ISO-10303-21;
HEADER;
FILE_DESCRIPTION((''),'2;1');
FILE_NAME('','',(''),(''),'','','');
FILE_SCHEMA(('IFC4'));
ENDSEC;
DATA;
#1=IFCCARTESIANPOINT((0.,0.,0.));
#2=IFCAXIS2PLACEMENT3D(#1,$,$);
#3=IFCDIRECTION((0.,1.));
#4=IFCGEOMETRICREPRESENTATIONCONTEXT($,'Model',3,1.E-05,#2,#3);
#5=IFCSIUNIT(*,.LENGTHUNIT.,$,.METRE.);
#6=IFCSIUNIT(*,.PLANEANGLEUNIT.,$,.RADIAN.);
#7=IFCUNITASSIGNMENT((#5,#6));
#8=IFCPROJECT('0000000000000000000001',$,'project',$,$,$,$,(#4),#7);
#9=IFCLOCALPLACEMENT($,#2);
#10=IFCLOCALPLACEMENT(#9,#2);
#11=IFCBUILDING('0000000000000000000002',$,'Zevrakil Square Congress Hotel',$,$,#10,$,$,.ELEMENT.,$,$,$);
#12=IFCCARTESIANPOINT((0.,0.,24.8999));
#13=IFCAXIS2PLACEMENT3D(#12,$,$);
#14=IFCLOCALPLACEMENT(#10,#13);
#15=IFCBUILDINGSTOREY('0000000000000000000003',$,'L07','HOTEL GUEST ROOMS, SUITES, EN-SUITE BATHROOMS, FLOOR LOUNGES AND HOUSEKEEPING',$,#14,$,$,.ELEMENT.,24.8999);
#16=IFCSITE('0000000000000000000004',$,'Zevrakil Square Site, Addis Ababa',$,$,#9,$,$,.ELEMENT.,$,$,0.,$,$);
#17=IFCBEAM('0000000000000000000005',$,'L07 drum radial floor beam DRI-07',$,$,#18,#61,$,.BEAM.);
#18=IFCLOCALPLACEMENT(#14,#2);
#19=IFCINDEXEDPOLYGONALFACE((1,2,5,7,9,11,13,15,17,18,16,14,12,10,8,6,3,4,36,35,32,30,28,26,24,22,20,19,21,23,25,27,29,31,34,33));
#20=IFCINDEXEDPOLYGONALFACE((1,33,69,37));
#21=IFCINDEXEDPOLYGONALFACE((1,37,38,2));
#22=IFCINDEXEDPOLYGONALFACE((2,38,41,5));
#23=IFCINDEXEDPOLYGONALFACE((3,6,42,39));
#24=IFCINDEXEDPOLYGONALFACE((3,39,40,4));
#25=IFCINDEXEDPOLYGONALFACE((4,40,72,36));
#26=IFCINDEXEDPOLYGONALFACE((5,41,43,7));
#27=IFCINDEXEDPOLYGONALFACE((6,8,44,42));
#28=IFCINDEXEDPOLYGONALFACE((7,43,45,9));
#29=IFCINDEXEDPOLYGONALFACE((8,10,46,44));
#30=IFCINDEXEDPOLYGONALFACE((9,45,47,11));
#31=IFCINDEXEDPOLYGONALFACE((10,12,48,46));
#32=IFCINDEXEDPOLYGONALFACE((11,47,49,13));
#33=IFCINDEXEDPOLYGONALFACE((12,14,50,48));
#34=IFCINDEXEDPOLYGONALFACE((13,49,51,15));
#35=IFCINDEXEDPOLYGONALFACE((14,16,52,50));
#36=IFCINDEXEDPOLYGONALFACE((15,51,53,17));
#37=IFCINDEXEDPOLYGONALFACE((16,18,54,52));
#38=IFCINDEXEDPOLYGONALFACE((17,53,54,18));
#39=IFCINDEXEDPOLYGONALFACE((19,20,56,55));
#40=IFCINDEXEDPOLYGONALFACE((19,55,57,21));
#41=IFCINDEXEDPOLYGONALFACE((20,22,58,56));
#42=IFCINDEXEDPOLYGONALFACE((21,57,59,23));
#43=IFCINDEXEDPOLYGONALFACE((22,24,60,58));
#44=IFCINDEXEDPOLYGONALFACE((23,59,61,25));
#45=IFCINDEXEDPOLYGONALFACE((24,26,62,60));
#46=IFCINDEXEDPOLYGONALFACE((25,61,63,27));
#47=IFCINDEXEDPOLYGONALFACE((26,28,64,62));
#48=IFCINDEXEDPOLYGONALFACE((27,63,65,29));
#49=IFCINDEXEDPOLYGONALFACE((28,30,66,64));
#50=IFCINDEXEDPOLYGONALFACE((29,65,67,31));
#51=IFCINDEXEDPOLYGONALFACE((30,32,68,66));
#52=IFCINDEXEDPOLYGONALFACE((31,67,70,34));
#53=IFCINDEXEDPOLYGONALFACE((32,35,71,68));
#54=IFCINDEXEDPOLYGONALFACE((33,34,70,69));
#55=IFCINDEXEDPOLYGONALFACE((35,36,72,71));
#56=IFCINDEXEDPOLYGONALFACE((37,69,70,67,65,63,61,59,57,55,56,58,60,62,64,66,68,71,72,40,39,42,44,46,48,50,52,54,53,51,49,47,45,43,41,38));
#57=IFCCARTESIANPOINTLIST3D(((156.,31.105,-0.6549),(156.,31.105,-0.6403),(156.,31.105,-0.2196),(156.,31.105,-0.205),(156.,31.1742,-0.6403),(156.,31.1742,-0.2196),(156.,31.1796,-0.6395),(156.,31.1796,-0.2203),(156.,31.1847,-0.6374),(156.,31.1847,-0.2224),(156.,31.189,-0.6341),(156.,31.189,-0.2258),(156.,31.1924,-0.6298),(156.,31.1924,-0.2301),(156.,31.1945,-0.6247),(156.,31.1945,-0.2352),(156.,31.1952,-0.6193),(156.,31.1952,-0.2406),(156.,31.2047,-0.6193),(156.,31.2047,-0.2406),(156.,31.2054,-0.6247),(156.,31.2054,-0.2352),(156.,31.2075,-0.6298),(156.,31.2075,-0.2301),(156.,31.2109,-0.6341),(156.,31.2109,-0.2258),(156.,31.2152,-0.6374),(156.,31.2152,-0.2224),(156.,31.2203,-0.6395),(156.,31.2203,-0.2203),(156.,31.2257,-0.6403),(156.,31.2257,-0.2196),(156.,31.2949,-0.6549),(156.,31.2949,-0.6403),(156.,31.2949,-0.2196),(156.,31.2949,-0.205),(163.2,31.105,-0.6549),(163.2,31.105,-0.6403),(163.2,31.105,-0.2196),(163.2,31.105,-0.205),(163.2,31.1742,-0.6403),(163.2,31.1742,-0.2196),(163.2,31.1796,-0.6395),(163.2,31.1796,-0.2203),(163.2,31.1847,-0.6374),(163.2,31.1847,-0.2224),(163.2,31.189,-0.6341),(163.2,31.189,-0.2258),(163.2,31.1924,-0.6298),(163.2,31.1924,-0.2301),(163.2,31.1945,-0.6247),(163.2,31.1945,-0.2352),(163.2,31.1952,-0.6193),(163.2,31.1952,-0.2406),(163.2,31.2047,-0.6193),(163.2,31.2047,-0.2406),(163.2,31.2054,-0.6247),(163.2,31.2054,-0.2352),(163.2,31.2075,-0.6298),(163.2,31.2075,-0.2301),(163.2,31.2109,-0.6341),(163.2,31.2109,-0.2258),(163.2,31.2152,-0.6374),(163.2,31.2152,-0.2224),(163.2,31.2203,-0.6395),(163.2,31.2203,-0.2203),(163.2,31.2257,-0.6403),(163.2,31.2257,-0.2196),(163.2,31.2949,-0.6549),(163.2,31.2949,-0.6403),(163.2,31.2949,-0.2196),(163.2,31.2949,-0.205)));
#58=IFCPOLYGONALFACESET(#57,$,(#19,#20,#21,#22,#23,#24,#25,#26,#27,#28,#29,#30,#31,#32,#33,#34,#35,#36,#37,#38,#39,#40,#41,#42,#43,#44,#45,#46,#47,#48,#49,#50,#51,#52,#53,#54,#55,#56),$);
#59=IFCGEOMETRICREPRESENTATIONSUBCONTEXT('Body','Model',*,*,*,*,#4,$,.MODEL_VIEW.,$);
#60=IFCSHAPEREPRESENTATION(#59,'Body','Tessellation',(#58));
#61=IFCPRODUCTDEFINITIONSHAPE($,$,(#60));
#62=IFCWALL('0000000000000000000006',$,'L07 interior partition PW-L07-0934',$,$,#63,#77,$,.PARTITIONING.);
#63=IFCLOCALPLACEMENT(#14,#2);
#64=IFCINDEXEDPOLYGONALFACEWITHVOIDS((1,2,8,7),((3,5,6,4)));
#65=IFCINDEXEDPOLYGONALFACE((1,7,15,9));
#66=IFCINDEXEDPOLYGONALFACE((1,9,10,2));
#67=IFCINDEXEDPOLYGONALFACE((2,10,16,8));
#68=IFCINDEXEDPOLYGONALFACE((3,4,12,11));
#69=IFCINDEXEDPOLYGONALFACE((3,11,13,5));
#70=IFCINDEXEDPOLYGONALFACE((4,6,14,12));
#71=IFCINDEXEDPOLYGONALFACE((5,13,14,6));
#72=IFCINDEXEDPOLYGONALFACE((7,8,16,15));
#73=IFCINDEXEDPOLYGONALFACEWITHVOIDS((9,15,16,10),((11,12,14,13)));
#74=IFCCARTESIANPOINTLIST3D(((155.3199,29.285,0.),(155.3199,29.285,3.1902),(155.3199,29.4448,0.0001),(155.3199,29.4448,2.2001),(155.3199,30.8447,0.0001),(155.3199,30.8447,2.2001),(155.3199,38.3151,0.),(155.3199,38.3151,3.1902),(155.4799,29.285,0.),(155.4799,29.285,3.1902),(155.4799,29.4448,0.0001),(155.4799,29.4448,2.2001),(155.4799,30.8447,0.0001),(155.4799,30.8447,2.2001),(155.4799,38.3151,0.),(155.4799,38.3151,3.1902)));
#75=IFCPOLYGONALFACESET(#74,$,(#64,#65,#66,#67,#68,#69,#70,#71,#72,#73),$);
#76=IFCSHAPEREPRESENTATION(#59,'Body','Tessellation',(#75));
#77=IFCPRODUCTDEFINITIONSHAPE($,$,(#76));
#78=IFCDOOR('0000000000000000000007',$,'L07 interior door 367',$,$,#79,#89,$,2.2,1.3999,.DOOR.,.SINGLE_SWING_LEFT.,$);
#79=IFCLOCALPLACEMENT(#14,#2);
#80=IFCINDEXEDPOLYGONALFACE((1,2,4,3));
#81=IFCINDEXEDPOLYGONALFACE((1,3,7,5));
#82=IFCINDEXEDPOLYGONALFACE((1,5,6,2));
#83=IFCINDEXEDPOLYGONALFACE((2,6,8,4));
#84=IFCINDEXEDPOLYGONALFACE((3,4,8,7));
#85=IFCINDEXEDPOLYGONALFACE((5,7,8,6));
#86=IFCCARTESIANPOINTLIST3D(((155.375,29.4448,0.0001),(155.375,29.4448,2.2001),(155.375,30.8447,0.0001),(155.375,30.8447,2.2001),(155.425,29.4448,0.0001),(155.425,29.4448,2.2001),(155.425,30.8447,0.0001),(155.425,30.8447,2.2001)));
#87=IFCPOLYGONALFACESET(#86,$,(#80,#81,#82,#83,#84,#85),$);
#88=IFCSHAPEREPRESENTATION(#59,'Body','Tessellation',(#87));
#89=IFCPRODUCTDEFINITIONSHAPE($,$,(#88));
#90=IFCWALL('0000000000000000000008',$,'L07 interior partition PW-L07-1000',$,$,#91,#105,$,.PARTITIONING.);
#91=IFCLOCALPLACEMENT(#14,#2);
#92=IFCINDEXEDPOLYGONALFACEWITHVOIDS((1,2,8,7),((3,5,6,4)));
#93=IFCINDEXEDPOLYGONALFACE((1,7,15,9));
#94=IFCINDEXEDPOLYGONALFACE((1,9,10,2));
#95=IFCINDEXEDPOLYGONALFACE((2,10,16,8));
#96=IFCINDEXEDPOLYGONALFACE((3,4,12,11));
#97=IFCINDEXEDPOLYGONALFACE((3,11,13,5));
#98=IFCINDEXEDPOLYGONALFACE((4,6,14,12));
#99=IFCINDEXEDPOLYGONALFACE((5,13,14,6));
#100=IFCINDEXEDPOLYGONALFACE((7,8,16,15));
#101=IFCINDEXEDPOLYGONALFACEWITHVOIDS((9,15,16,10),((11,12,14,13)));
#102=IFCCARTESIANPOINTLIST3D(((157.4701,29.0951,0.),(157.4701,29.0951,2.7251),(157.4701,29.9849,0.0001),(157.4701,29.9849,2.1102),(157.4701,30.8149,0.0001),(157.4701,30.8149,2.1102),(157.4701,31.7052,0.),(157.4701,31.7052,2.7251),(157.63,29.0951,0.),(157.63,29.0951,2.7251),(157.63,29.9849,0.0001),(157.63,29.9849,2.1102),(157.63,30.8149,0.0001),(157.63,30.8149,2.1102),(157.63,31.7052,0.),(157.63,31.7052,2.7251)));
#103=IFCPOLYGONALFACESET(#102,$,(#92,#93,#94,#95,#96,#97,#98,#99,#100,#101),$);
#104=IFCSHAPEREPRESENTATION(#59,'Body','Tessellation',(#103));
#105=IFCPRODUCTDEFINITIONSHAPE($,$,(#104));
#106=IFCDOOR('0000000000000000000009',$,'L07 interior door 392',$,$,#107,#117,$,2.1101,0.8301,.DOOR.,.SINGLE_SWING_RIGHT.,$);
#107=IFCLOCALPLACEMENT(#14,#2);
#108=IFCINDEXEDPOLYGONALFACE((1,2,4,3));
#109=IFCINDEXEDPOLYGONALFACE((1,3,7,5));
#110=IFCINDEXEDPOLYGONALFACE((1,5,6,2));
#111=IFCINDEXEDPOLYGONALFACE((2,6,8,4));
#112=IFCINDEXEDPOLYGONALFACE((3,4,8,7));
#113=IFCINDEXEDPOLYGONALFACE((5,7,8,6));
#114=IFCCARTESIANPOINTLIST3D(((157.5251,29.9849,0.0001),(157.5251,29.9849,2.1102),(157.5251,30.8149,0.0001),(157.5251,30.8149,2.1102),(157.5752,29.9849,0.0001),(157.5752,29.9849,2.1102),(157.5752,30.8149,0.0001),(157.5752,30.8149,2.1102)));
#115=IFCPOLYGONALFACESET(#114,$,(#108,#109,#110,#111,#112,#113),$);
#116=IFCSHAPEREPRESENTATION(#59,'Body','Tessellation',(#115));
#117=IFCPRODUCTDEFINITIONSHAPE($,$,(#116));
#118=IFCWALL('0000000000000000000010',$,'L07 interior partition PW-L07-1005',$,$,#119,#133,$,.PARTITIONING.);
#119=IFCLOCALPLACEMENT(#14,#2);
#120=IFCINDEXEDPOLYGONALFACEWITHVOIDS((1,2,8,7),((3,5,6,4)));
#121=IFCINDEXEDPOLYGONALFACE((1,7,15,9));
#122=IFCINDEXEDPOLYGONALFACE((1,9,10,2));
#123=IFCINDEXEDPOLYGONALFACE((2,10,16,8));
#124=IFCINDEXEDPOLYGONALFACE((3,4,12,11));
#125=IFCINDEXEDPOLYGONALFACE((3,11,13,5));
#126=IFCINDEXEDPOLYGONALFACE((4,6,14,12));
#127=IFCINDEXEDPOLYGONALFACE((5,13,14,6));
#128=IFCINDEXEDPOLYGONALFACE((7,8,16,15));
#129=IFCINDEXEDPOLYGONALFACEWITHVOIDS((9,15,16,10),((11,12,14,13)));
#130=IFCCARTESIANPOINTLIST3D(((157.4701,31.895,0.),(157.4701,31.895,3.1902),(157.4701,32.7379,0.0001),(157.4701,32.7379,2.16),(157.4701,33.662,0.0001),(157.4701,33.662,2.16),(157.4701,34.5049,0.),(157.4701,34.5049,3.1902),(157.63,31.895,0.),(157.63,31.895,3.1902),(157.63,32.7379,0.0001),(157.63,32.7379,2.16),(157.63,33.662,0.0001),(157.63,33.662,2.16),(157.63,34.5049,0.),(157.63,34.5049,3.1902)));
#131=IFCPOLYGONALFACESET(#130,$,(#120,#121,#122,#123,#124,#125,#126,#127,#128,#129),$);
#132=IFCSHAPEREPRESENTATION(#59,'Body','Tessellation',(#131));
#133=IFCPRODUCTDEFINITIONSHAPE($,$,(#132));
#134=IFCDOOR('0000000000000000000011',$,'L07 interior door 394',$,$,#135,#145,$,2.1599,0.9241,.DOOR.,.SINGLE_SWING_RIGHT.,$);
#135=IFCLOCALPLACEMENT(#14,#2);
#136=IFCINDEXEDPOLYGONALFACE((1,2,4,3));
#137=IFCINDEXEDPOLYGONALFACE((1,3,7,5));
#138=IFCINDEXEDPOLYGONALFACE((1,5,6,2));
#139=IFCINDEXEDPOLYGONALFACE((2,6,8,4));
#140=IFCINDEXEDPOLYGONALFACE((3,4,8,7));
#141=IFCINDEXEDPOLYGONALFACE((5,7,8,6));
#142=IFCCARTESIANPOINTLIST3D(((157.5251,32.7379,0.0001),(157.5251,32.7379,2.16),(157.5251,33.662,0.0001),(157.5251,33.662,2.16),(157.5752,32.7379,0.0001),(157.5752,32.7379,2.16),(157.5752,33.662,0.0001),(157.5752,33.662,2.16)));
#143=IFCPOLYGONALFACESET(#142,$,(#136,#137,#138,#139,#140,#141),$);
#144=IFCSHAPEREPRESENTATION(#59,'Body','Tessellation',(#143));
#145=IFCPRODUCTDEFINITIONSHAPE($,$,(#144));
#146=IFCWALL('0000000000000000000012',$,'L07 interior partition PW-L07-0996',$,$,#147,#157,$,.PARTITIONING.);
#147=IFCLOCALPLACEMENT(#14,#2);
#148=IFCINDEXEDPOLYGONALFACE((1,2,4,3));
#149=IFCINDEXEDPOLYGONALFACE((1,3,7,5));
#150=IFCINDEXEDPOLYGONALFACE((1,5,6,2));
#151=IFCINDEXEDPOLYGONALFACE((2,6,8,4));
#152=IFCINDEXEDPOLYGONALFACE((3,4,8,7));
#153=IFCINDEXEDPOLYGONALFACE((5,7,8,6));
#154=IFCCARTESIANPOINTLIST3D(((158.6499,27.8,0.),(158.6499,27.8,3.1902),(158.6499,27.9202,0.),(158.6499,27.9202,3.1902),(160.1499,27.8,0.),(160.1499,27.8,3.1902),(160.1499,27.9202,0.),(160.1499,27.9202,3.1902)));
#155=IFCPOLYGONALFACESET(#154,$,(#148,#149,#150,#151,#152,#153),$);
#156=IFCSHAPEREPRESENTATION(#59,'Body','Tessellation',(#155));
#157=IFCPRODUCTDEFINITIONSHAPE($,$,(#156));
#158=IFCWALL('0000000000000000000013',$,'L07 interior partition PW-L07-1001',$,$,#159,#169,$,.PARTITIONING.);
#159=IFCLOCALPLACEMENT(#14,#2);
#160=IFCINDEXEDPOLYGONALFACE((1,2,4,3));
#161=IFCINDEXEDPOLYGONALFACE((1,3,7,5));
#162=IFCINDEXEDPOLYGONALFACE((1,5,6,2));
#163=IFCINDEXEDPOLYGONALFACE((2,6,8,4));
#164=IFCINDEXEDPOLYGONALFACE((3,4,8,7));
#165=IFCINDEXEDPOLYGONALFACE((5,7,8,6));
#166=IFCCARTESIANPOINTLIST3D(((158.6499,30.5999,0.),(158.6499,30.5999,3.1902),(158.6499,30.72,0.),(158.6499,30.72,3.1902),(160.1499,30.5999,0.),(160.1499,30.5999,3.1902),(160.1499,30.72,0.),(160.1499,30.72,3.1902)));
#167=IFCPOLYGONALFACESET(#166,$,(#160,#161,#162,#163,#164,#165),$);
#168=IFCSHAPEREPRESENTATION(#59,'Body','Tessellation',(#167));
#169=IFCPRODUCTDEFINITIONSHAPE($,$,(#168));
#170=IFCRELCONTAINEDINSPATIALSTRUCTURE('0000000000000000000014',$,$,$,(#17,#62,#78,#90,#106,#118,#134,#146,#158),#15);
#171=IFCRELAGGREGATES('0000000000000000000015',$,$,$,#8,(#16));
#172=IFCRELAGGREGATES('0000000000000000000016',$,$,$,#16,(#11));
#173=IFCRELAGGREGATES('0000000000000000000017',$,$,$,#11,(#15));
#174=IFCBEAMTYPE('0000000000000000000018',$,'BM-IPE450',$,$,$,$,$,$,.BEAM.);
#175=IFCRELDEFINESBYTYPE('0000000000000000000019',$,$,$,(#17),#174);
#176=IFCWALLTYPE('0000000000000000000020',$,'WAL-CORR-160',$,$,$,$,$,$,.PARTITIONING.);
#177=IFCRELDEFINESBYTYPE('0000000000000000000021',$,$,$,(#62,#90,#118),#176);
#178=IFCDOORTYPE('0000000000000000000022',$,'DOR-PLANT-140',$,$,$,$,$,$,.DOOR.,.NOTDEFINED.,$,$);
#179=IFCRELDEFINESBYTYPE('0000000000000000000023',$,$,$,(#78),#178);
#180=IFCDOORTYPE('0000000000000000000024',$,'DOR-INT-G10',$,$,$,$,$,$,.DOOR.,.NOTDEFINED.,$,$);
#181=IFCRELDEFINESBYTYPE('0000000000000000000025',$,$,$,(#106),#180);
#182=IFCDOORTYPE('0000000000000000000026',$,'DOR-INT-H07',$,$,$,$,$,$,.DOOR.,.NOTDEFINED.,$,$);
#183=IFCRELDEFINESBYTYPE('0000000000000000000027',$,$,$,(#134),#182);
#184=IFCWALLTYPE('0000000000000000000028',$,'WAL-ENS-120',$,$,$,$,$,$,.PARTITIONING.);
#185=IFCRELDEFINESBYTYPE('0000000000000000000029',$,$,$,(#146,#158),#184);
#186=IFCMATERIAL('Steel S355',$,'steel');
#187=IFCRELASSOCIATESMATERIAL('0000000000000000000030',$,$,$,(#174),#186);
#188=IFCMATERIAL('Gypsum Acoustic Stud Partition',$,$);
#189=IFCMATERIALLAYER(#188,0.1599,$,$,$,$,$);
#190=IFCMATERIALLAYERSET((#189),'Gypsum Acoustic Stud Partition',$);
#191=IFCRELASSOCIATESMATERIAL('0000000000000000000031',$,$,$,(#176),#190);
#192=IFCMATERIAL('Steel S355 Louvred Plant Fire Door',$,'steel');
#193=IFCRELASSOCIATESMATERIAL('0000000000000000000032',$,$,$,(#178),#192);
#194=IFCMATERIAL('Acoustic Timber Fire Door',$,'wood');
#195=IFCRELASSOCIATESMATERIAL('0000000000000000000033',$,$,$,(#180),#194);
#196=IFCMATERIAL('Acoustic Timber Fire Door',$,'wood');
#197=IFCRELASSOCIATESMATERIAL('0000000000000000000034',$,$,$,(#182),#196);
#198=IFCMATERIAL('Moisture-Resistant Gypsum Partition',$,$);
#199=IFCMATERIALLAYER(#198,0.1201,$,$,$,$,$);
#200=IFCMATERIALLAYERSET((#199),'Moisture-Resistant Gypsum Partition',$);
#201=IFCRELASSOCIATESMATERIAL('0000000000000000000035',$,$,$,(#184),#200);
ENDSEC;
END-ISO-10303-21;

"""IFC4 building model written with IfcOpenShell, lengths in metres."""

from ifc_helpers import new_model, si_unit, direction, frame, frame_2d, origin, origin_2d, place, context, subcontext, project, spatial, rectangle, i_section, extrude, material, layer, layer_set, material_profile, profile_set, type_object, element, fill, save


model = new_model("IFC4")

# Units and contexts
model_context = context("Model", 3, precision=1e-05, world=origin(), true_north=direction((0.0, 1.0)))
body_context = subcontext(model_context, "Body", "Model", "MODEL_VIEW")
ifc_project = project(units=[si_unit("LENGTHUNIT", "METRE"), si_unit("PLANEANGLEUNIT", "RADIAN")], contexts=[model_context])

# Site, building, storey
site_placement = place(None, origin())
site = spatial("IfcSite", under=ifc_project, at=site_placement, Name="Zevrakil Square Site, Addis Ababa", CompositionType="ELEMENT", RefElevation=0.0)
building_placement = place(site_placement, origin())
building = spatial("IfcBuilding", under=site, at=building_placement, Name="Zevrakil Square Congress Hotel", CompositionType="ELEMENT")
storey_placement = place(building_placement, frame((0.0, 0.0, 24.8999)))
storey = spatial("IfcBuildingStorey", under=building, at=storey_placement, Name="L07", Description="HOTEL GUEST ROOMS, SUITES, EN-SUITE BATHROOMS, FLOOR LOUNGES AND HOUSEKEEPING", CompositionType="ELEMENT", Elevation=24.8999)

# Beam
ifc_material_1 = material(Name="Steel S355", Category="steel")
ifc_material_profile = material_profile(ifc_material_1, i_section(OverallWidth=0.1899, OverallDepth=0.45, WebThickness=0.0095, FlangeThickness=0.0146, FilletRadius=0.021, at=origin_2d()), Name="IPE 450")
ifc_profile_set = profile_set([ifc_material_profile], Name="Steel S355")
beam_type = type_object("IfcBeamType", Name="BM-IPE450", PredefinedType="BEAM", material=ifc_profile_set)
beam_placement = place(storey_placement, frame((156.0, 31.2, -0.4299), z_axis=(1.0, 0.0, 0.0), x_axis=(0.0, 1.0, 0.0)))
element("IfcBeam", 1, at=beam_placement, inside=storey, type_object=beam_type, Name="L07 drum radial floor beam DRI-07", PredefinedType="BEAM", context=body_context, shape_type="SweptSolid", body=[
    extrude(i_section(OverallWidth=0.1899, OverallDepth=0.45, WebThickness=0.0095, FlangeThickness=0.0146, FilletRadius=0.021, at=origin_2d()), origin(), (0.0, 0.0, 1.0), 7.2),
])

# Walls, openings, doors
ifc_material_2 = material(Name="Gypsum Acoustic Stud Partition")
ifc_layer_1 = layer(ifc_material_2, 0.1599)
ifc_layer_set_1 = layer_set([ifc_layer_1], Name="Gypsum Acoustic Stud Partition")
wall_type_1 = type_object("IfcWallType", Name="WAL-CORR-160", PredefinedType="PARTITIONING", material=ifc_layer_set_1)
wall_1_placement = place(storey_placement, frame((155.3999, 29.2849, 0.0), z_axis=(0.0, 0.0, 1.0), x_axis=(0.0, 1.0, 0.0)))
wall_1 = element("IfcWall", 2, at=wall_1_placement, inside=storey, type_object=wall_type_1, Name="L07 interior partition PW-L07-0934", PredefinedType="PARTITIONING", context=body_context, shape_type="SweptSolid", body=[
    extrude(rectangle(XDim=9.03, YDim=0.1599, at=frame_2d((4.5151, 0.0))), origin(), (0.0, 0.0, 1.0), 3.1902),
])
opening_1_placement = place(wall_1_placement, frame((0.1599, 0.0, 0.0)))
opening_1 = element("IfcOpeningElement", 3, at=opening_1_placement, cuts=wall_1, PredefinedType="OPENING", context=body_context, shape_type="SweptSolid", body=[
    extrude(rectangle(XDim=1.3999, YDim=2.2, at=frame_2d((0.7, 1.1001))), frame((0.0, 0.0898, 0.0), z_axis=(0.0, -1.0, 0.0), x_axis=(1.0, 0.0, 0.0)), (0.0, 0.0, 1.0), 0.1799),
])
ifc_material_3 = material(Name="Steel S355 Louvred Plant Fire Door", Category="steel")
door_type_1 = type_object("IfcDoorType", Name="DOR-PLANT-140", OperationType="NOTDEFINED", PredefinedType="DOOR", material=ifc_material_3)
door_1_placement = place(opening_1_placement, origin())
door_1 = element("IfcDoor", 4, at=door_1_placement, inside=storey, type_object=door_type_1, Name="L07 interior door 367", OperationType="SINGLE_SWING_LEFT", OverallHeight=2.2, OverallWidth=1.3999, PredefinedType="DOOR", context=body_context, shape_type="SweptSolid", body=[
    extrude(rectangle(XDim=1.3999, YDim=2.2, at=frame_2d((0.7, 1.1001))), frame((0.0, 0.0249, 0.0), z_axis=(0.0, -1.0, 0.0), x_axis=(1.0, 0.0, 0.0)), (0.0, 0.0, 1.0), 0.05),
])
fill(opening_1, door_1)
wall_2_placement = place(storey_placement, frame((157.55, 29.095, 0.0), z_axis=(0.0, 0.0, 1.0), x_axis=(0.0, 1.0, 0.0)))
wall_2 = element("IfcWall", 5, at=wall_2_placement, inside=storey, type_object=wall_type_1, Name="L07 interior partition PW-L07-1000", PredefinedType="PARTITIONING", context=body_context, shape_type="SweptSolid", body=[
    extrude(rectangle(XDim=2.6101, YDim=0.1599, at=frame_2d((1.3052, 0.0))), origin(), (0.0, 0.0, 1.0), 2.7251),
])
opening_2_placement = place(wall_2_placement, frame((0.8899, 0.0, 0.0)))
opening_2 = element("IfcOpeningElement", 6, at=opening_2_placement, cuts=wall_2, PredefinedType="OPENING", context=body_context, shape_type="SweptSolid", body=[
    extrude(rectangle(XDim=0.8301, YDim=2.1101, at=frame_2d((0.415, 1.0552))), frame((0.0, 0.0898, 0.0), z_axis=(0.0, -1.0, 0.0), x_axis=(1.0, 0.0, 0.0)), (0.0, 0.0, 1.0), 0.1799),
])
ifc_material_4 = material(Name="Acoustic Timber Fire Door", Category="wood")
door_type_2 = type_object("IfcDoorType", Name="DOR-INT-G10", OperationType="NOTDEFINED", PredefinedType="DOOR", material=ifc_material_4)
door_2_placement = place(opening_2_placement, origin())
door_2 = element("IfcDoor", 7, at=door_2_placement, inside=storey, type_object=door_type_2, Name="L07 interior door 392", OperationType="SINGLE_SWING_RIGHT", OverallHeight=2.1101, OverallWidth=0.8301, PredefinedType="DOOR", context=body_context, shape_type="SweptSolid", body=[
    extrude(rectangle(XDim=0.8301, YDim=2.1101, at=frame_2d((0.415, 1.0552))), frame((0.0, 0.0249, 0.0), z_axis=(0.0, -1.0, 0.0), x_axis=(1.0, 0.0, 0.0)), (0.0, 0.0, 1.0), 0.05),
])
fill(opening_2, door_2)
wall_3_placement = place(storey_placement, frame((157.55, 31.895, 0.0), z_axis=(0.0, 0.0, 1.0), x_axis=(0.0, 1.0, 0.0)))
wall_3 = element("IfcWall", 8, at=wall_3_placement, inside=storey, type_object=wall_type_1, Name="L07 interior partition PW-L07-1005", PredefinedType="PARTITIONING", context=body_context, shape_type="SweptSolid", body=[
    extrude(rectangle(XDim=2.6099, YDim=0.1599, at=frame_2d((1.3049, 0.0))), origin(), (0.0, 0.0, 1.0), 3.1902),
])
opening_3_placement = place(wall_3_placement, frame((0.843, 0.0, 0.0)))
opening_3 = element("IfcOpeningElement", 9, at=opening_3_placement, cuts=wall_3, PredefinedType="OPENING", context=body_context, shape_type="SweptSolid", body=[
    extrude(rectangle(XDim=0.9241, YDim=2.1599, at=frame_2d((0.4619, 1.0801))), frame((0.0, 0.0898, 0.0), z_axis=(0.0, -1.0, 0.0), x_axis=(1.0, 0.0, 0.0)), (0.0, 0.0, 1.0), 0.1799),
])
ifc_material_5 = material(Name="Acoustic Timber Fire Door", Category="wood")
door_type_3 = type_object("IfcDoorType", Name="DOR-INT-H07", OperationType="NOTDEFINED", PredefinedType="DOOR", material=ifc_material_5)
door_3_placement = place(opening_3_placement, origin())
door_3 = element("IfcDoor", 10, at=door_3_placement, inside=storey, type_object=door_type_3, Name="L07 interior door 394", OperationType="SINGLE_SWING_RIGHT", OverallHeight=2.1599, OverallWidth=0.9241, PredefinedType="DOOR", context=body_context, shape_type="SweptSolid", body=[
    extrude(rectangle(XDim=0.9241, YDim=2.1599, at=frame_2d((0.4619, 1.0801))), frame((0.0, 0.0249, 0.0), z_axis=(0.0, -1.0, 0.0), x_axis=(1.0, 0.0, 0.0)), (0.0, 0.0, 1.0), 0.05),
])
fill(opening_3, door_3)

# Walls
ifc_material_6 = material(Name="Moisture-Resistant Gypsum Partition")
ifc_layer_2 = layer(ifc_material_6, 0.1201)
ifc_layer_set_2 = layer_set([ifc_layer_2], Name="Moisture-Resistant Gypsum Partition")
wall_type_2 = type_object("IfcWallType", Name="WAL-ENS-120", PredefinedType="PARTITIONING", material=ifc_layer_set_2)
for number, where, z_axis, x_axis, name in (
    (11, (158.6499, 27.8601, 0.0), (0.0, 0.0, 1.0), (1.0, 0.0, 0.0), "L07 interior partition PW-L07-0996"),
    (12, (158.6499, 30.6599, 0.0), (0.0, 0.0, 1.0), (1.0, 0.0, 0.0), "L07 interior partition PW-L07-1001"),
):
    element("IfcWall", number, at=place(storey_placement, frame(where, z_axis=z_axis, x_axis=x_axis)), inside=storey, type_object=wall_type_2, Name=name, PredefinedType="PARTITIONING", context=body_context, shape_type="SweptSolid", body=[
        extrude(rectangle(XDim=1.5, YDim=0.1201, at=frame_2d((0.75, 0.0))), origin(), (0.0, 0.0, 1.0), 3.1902),
    ])

save(model, "model.ifc")
